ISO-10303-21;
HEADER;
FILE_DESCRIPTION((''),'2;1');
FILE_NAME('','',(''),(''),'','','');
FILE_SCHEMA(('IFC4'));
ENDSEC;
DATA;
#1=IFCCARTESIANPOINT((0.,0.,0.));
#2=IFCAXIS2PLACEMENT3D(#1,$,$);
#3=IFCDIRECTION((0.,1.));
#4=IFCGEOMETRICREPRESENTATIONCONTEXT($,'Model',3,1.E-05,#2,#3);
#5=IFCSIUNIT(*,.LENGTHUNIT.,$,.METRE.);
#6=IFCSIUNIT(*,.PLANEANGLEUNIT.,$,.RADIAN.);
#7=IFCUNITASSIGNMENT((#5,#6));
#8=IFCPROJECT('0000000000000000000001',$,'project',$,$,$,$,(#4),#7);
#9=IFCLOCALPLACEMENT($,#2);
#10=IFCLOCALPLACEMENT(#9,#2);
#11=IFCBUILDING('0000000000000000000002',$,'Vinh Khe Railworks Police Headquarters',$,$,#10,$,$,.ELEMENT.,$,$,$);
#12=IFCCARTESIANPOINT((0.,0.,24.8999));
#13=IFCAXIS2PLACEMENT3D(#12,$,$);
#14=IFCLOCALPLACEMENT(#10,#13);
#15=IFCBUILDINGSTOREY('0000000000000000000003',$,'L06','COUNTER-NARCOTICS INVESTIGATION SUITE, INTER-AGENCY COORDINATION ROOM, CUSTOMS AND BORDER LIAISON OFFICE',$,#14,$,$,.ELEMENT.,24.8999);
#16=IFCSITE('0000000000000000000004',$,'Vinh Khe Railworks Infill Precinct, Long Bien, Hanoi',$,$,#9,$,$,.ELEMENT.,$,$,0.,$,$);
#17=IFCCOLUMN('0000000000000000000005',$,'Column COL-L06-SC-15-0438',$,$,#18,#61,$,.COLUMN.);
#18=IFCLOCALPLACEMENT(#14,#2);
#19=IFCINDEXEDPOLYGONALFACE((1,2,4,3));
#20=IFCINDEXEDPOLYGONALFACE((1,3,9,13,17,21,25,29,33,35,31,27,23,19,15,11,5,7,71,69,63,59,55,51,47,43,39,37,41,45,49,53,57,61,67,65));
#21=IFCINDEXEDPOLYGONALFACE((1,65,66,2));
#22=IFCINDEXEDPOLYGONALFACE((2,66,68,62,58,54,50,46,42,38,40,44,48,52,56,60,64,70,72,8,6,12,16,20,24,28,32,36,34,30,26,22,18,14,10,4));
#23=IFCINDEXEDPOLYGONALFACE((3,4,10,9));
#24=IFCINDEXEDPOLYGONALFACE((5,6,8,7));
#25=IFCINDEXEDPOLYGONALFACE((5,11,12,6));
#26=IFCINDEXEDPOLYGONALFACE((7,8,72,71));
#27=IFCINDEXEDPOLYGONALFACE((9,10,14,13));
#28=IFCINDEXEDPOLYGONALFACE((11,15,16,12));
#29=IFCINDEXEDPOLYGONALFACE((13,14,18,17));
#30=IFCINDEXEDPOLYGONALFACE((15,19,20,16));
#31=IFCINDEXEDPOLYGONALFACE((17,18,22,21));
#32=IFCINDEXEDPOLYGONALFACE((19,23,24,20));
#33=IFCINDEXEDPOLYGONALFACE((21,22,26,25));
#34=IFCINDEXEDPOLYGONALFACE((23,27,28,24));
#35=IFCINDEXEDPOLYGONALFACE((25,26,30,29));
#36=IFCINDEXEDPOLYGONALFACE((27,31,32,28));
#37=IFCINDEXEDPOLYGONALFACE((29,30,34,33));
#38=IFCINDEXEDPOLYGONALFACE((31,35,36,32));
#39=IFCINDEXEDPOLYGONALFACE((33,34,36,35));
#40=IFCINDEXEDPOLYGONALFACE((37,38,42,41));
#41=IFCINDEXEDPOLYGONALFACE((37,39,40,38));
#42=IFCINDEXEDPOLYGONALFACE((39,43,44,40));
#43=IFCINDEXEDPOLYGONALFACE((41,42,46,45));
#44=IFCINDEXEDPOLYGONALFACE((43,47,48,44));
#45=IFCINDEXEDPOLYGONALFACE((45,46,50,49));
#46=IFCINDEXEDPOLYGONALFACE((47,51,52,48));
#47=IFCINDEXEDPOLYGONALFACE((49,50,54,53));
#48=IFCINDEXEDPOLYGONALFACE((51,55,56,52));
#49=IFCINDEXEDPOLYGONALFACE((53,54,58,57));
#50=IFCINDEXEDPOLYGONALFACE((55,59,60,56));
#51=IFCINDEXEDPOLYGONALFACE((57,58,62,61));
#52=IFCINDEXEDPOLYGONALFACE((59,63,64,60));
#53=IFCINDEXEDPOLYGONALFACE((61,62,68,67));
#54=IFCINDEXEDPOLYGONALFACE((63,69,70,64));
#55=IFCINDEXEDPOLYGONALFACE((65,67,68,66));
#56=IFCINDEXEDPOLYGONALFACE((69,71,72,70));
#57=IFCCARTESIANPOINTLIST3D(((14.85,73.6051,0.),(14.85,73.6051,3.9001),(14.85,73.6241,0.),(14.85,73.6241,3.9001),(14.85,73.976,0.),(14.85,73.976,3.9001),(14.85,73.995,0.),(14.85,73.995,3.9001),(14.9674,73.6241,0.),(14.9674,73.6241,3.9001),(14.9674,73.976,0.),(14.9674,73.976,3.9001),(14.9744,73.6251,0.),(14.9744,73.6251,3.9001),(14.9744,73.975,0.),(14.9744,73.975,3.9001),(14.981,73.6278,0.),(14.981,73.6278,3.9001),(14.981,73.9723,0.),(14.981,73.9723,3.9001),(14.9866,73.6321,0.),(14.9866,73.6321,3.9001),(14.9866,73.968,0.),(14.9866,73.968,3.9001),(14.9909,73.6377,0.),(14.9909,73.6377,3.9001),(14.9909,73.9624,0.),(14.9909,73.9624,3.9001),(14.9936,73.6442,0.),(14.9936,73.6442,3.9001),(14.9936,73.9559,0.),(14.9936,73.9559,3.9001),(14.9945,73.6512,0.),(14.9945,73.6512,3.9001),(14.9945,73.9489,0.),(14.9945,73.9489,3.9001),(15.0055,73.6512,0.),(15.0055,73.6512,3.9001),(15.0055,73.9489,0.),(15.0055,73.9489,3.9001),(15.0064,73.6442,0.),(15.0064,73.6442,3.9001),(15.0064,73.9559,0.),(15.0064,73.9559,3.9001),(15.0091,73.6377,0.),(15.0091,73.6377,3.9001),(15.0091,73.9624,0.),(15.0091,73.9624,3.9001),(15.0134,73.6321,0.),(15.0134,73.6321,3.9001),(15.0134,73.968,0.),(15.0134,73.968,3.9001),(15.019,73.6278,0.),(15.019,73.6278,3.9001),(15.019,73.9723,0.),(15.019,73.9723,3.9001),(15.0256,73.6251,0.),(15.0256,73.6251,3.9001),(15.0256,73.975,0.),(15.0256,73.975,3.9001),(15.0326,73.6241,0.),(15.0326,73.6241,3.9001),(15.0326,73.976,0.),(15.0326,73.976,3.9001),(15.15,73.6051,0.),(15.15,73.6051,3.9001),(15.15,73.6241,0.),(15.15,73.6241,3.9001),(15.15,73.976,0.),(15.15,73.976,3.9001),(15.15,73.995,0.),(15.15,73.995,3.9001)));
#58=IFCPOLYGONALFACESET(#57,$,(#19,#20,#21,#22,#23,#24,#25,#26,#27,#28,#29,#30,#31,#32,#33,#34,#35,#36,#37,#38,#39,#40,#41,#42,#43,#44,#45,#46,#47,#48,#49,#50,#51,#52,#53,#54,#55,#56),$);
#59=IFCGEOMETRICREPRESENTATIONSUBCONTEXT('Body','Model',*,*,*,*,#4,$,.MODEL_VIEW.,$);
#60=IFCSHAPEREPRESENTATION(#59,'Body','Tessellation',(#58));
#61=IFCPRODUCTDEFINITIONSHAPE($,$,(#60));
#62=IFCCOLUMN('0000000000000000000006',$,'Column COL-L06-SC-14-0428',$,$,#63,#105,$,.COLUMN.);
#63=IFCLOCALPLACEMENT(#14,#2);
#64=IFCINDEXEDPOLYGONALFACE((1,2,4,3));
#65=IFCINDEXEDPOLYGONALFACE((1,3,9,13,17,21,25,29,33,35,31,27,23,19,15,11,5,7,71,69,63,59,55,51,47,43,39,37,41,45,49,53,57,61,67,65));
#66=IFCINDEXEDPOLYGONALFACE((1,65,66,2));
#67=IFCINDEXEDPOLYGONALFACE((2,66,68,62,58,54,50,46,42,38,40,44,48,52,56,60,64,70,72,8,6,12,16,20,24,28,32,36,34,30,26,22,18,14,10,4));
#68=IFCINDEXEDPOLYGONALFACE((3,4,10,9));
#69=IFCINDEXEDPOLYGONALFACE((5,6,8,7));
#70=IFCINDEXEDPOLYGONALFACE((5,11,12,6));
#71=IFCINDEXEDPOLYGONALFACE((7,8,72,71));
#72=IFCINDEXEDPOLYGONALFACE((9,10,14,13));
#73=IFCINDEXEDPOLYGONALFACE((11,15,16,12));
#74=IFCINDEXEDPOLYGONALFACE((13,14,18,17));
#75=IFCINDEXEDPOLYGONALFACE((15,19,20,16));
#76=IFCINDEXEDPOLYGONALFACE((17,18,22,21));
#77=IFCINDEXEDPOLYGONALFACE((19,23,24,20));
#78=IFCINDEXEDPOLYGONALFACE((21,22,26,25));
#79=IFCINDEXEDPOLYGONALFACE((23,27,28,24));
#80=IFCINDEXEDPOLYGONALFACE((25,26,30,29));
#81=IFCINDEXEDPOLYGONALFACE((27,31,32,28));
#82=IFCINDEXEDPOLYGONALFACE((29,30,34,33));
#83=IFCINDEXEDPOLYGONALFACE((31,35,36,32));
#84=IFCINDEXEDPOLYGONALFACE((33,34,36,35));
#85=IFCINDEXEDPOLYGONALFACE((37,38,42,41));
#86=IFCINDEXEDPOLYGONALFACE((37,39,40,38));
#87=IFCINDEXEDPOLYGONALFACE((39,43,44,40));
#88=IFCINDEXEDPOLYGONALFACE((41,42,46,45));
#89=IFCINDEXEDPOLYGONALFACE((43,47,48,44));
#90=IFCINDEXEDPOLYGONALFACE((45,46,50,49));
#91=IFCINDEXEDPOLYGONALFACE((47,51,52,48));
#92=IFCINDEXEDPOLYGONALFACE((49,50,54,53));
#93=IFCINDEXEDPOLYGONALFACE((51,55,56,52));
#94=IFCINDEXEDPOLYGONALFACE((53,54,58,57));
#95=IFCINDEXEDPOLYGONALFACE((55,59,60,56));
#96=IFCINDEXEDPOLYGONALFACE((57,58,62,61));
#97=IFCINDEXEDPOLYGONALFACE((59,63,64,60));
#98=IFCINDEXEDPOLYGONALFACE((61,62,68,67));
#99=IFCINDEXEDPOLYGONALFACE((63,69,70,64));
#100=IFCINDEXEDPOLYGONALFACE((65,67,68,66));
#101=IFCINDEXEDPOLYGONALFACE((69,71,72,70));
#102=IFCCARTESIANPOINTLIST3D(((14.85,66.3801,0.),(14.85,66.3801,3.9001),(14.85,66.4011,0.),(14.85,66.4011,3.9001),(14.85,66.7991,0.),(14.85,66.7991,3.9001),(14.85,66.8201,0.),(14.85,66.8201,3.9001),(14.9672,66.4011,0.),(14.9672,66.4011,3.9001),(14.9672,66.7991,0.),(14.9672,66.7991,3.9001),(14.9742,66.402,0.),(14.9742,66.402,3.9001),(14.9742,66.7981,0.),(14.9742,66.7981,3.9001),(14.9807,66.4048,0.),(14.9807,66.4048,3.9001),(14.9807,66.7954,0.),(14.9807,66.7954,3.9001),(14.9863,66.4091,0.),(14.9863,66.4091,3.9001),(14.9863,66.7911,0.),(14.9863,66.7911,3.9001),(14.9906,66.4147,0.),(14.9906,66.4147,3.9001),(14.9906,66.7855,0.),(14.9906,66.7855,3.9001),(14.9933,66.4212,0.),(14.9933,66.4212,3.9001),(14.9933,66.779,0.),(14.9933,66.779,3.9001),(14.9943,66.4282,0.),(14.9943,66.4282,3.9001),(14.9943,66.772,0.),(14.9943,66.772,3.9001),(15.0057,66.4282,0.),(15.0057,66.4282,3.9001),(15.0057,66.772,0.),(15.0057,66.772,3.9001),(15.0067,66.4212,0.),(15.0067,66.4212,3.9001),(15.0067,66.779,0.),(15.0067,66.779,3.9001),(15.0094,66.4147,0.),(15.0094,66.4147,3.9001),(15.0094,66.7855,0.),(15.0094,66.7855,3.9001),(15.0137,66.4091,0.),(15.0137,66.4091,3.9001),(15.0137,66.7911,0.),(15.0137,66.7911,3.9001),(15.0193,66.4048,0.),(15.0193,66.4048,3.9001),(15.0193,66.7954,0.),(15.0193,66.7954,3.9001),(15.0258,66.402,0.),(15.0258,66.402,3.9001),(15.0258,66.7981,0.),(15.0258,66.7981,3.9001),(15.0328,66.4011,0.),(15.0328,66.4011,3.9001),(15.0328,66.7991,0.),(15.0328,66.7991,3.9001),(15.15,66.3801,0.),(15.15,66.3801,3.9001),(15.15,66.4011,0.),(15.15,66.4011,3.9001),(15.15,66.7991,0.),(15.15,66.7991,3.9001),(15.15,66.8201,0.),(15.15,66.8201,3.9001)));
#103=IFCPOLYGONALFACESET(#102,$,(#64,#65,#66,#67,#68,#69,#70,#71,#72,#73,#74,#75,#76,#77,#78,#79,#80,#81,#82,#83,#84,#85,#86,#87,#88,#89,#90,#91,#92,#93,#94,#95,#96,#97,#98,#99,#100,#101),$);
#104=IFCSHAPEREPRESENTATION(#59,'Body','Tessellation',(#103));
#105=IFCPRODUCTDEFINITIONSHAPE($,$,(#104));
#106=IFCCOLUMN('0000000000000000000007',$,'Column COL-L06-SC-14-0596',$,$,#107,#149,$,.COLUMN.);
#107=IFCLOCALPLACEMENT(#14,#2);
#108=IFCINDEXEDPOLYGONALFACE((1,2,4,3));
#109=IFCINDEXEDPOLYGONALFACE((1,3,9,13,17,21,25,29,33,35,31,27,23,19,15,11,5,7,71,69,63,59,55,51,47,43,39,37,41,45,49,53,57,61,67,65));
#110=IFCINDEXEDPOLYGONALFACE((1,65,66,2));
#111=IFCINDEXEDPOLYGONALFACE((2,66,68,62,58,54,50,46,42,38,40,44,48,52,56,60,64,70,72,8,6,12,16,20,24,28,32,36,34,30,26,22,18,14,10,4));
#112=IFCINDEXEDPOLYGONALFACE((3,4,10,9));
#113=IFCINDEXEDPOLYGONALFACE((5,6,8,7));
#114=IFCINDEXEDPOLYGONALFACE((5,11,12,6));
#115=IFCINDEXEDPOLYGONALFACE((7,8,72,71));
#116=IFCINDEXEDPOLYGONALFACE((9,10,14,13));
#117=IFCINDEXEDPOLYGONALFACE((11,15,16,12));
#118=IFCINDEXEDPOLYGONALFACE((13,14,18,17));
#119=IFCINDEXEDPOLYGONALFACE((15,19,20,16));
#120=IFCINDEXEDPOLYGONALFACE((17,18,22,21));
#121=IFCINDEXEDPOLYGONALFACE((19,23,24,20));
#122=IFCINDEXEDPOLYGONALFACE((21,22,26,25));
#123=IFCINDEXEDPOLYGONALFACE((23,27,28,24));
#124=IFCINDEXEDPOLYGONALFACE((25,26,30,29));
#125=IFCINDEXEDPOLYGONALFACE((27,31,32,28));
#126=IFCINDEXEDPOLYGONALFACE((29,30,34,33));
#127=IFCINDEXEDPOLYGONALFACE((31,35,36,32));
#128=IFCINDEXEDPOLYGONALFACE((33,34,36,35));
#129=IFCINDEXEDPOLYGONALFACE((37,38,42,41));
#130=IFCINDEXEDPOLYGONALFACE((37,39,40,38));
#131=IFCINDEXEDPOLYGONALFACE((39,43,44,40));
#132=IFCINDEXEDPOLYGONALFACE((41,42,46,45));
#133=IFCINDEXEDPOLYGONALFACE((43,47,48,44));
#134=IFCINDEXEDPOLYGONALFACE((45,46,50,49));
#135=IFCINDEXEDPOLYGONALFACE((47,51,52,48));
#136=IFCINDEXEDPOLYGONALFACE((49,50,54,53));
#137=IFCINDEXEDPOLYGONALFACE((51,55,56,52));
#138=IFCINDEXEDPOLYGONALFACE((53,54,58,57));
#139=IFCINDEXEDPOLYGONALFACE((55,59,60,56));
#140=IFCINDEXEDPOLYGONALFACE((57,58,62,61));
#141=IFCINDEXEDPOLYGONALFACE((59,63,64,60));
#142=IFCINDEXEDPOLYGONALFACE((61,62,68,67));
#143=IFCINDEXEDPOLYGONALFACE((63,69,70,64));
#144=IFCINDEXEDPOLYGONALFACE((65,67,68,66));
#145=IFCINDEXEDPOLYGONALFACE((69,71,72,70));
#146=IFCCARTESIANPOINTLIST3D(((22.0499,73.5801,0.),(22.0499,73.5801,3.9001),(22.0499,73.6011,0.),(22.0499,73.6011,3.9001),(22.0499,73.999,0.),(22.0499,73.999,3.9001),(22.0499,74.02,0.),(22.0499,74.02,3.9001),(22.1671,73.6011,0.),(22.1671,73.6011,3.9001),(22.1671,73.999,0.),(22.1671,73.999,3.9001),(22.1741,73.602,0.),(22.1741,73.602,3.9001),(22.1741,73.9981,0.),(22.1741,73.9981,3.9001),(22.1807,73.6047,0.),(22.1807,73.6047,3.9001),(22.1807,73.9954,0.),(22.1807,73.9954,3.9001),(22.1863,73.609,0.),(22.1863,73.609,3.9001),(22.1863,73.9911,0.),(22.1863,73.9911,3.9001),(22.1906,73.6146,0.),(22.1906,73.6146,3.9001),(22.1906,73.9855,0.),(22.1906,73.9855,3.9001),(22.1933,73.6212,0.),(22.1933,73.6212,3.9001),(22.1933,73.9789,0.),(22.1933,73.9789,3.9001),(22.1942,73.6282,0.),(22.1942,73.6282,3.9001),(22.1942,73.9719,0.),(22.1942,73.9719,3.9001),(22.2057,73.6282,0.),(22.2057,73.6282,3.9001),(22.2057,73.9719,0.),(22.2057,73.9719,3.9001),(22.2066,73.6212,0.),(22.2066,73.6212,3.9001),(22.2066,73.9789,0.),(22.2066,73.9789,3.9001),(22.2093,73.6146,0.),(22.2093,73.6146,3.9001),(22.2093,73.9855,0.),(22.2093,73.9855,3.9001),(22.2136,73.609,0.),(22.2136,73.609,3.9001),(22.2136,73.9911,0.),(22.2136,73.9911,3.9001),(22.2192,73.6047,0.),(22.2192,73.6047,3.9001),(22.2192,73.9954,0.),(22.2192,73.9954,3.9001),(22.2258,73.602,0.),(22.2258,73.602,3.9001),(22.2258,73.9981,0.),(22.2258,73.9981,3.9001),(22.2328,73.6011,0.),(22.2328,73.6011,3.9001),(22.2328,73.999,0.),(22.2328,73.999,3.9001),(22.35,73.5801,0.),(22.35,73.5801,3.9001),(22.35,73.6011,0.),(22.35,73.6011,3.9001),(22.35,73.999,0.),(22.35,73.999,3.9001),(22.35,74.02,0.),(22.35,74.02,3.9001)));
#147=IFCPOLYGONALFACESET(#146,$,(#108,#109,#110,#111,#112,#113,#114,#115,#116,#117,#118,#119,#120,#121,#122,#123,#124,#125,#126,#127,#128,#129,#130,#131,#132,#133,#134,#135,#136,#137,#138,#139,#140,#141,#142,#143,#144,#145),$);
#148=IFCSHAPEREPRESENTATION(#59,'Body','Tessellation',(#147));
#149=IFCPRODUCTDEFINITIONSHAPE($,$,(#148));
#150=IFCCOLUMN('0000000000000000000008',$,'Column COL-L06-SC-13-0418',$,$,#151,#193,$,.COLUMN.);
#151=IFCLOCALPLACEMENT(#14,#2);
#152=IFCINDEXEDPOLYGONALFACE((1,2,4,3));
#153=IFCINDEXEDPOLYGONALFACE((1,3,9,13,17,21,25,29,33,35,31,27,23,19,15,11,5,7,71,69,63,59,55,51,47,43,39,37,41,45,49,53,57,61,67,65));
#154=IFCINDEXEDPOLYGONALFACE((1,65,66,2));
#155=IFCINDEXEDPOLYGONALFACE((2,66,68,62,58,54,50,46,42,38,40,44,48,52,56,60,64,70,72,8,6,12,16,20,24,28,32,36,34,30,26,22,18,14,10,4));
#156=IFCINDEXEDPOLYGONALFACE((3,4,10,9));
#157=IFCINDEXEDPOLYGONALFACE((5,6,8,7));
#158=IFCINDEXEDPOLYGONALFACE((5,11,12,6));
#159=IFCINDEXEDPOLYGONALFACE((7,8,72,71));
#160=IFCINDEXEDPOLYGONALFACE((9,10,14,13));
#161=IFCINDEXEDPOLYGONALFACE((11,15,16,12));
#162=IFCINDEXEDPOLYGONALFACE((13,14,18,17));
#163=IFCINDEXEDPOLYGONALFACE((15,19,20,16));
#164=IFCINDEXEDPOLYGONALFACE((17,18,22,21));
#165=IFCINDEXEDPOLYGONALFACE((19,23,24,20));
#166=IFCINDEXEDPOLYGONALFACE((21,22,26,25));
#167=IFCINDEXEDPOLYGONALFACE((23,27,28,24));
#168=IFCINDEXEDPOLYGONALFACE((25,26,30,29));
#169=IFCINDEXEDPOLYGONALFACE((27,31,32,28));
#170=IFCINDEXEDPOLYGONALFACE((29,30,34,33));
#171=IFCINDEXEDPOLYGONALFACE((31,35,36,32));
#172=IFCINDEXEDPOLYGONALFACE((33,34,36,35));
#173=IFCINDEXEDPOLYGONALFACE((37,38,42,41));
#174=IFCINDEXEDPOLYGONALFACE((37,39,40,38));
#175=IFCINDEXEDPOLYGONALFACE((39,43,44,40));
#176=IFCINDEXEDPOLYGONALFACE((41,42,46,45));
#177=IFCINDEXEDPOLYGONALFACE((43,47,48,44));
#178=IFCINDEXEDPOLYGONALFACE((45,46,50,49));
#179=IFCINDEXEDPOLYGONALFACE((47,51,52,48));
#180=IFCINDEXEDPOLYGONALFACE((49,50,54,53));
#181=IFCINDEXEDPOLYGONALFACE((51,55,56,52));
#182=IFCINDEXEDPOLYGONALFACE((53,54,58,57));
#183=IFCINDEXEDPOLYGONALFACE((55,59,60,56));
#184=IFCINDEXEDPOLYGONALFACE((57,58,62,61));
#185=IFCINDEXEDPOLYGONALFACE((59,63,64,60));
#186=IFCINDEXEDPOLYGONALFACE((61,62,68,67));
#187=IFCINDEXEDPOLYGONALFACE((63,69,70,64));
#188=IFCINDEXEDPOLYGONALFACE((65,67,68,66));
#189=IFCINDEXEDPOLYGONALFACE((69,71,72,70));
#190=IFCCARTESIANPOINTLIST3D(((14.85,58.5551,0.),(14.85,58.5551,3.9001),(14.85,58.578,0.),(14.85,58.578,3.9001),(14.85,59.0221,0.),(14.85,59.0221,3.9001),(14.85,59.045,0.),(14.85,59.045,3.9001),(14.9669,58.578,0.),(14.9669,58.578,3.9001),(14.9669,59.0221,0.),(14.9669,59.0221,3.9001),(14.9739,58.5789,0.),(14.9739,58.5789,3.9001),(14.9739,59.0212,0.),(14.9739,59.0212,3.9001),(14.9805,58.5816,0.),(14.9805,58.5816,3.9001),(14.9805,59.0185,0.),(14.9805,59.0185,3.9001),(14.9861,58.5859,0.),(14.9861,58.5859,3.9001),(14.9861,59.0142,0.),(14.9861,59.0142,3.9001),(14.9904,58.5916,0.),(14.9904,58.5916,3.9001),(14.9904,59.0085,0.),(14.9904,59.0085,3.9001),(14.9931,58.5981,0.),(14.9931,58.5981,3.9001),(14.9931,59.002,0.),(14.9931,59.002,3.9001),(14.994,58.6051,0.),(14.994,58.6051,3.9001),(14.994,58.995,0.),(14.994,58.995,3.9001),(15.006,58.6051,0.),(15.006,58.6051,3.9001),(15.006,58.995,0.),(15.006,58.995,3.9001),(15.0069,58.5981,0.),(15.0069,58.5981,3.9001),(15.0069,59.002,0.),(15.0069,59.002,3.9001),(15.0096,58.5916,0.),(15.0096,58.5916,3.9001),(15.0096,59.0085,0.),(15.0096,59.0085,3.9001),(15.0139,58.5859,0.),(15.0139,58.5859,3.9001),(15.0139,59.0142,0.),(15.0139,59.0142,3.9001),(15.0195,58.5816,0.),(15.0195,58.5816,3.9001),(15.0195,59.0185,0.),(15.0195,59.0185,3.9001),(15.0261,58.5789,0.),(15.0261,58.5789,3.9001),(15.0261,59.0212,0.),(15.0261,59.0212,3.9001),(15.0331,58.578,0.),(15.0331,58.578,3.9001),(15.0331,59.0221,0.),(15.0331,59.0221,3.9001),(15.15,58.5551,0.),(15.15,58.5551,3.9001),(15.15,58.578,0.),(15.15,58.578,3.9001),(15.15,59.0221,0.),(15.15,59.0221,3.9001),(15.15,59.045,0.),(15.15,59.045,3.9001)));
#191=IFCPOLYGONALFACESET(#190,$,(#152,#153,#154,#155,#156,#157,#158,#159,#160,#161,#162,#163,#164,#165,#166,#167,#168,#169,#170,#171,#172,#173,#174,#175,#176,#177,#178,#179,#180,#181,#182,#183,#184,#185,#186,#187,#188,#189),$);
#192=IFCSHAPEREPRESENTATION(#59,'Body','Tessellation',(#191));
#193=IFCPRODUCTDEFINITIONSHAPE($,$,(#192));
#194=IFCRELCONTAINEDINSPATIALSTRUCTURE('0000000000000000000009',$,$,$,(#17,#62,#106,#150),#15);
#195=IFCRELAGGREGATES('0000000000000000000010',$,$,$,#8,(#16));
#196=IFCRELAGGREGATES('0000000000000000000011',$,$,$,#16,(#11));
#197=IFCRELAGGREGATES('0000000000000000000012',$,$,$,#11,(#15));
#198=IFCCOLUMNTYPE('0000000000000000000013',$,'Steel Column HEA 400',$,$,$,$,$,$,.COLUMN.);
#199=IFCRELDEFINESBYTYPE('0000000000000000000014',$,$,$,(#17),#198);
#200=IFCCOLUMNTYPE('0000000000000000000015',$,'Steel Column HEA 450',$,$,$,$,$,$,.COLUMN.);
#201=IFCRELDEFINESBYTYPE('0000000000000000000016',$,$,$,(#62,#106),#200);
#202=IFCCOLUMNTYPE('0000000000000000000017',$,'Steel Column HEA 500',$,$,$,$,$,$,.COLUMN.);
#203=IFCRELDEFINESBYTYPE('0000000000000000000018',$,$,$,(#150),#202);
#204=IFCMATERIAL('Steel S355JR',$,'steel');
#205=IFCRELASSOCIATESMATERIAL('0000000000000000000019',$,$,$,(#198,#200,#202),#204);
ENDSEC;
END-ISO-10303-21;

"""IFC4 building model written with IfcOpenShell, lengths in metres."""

from ifc_helpers import new_model, si_unit, direction, frame, origin, origin_2d, place, context, subcontext, project, spatial, i_section, extrude, material, material_profile, profile_set, type_object, element, save


model = new_model("IFC4")

# Units and contexts
model_context = context("Model", 3, precision=1e-05, world=origin(), true_north=direction((0.0, 1.0)))
body_context = subcontext(model_context, "Body", "Model", "MODEL_VIEW")
ifc_project = project(units=[si_unit("LENGTHUNIT", "METRE"), si_unit("PLANEANGLEUNIT", "RADIAN")], contexts=[model_context])

# Site, building, storey
site_placement = place(None, origin())
site = spatial("IfcSite", under=ifc_project, at=site_placement, Name="Vinh Khe Railworks Infill Precinct, Long Bien, Hanoi", CompositionType="ELEMENT", RefElevation=0.0)
building_placement = place(site_placement, origin())
building = spatial("IfcBuilding", under=site, at=building_placement, Name="Vinh Khe Railworks Police Headquarters", CompositionType="ELEMENT")
storey_placement = place(building_placement, frame((0.0, 0.0, 24.8999)))
storey = spatial("IfcBuildingStorey", under=building, at=storey_placement, Name="L06", Description="COUNTER-NARCOTICS INVESTIGATION SUITE, INTER-AGENCY COORDINATION ROOM, CUSTOMS AND BORDER LIAISON OFFICE", CompositionType="ELEMENT", Elevation=24.8999)

# Columns
ifc_material_1 = material(Name="Steel S355JR", Category="steel")
ifc_material_profile_1 = material_profile(ifc_material_1, i_section(OverallWidth=0.3, OverallDepth=0.3899, WebThickness=0.011, FlangeThickness=0.019, FilletRadius=0.0271, at=origin_2d()), Name="HEA 400")
ifc_profile_set_1 = profile_set([ifc_material_profile_1], Name="Steel S355JR")
column_type_1 = type_object("IfcColumnType", Name="Steel Column HEA 400", PredefinedType="COLUMN", material=ifc_profile_set_1)
column_1_placement = place(storey_placement, frame((15.0, 73.8, 0.0), z_axis=(0.0, 0.0, 1.0), x_axis=(1.0, 0.0, 0.0)))
element("IfcColumn", 1, at=column_1_placement, inside=storey, type_object=column_type_1, Name="Column COL-L06-SC-15-0438", PredefinedType="COLUMN", context=body_context, shape_type="SweptSolid", body=[
    extrude(i_section(OverallWidth=0.3, OverallDepth=0.3899, WebThickness=0.011, FlangeThickness=0.019, FilletRadius=0.0271, at=origin_2d()), origin(), (0.0, 0.0, 1.0), 3.9001),
])
ifc_material_profile_2 = material_profile(ifc_material_1, i_section(OverallWidth=0.3, OverallDepth=0.4399, WebThickness=0.0115, FlangeThickness=0.021, FilletRadius=0.0271, at=origin_2d()), Name="HEA 450")
ifc_profile_set_2 = profile_set([ifc_material_profile_2], Name="Steel S355JR")
column_type_2 = type_object("IfcColumnType", Name="Steel Column HEA 450", PredefinedType="COLUMN", material=ifc_profile_set_2)
for number, where, z_axis, x_axis, name in (
    (2, (15.0, 66.6001, 0.0), (0.0, 0.0, 1.0), (1.0, 0.0, 0.0), "Column COL-L06-SC-14-0428"),
    (3, (22.2, 73.8, 0.0), (0.0, 0.0, 1.0), (1.0, 0.0, 0.0), "Column COL-L06-SC-14-0596"),
):
    element("IfcColumn", number, at=place(storey_placement, frame(where, z_axis=z_axis, x_axis=x_axis)), inside=storey, type_object=column_type_2, Name=name, PredefinedType="COLUMN", context=body_context, shape_type="SweptSolid", body=[
        extrude(i_section(OverallWidth=0.3, OverallDepth=0.4399, WebThickness=0.0115, FlangeThickness=0.021, FilletRadius=0.0271, at=origin_2d()), origin(), (0.0, 0.0, 1.0), 3.9001),
    ])
ifc_material_profile_3 = material_profile(ifc_material_1, i_section(OverallWidth=0.3, OverallDepth=0.49, WebThickness=0.012, FlangeThickness=0.0229, FilletRadius=0.0271, at=origin_2d()), Name="HEA 500")
ifc_profile_set_3 = profile_set([ifc_material_profile_3], Name="Steel S355JR")
column_type_3 = type_object("IfcColumnType", Name="Steel Column HEA 500", PredefinedType="COLUMN", material=ifc_profile_set_3)
for number, where, z_axis, x_axis, name in (
    (4, (15.0, 58.8, 0.0), (0.0, 0.0, 1.0), (1.0, 0.0, 0.0), "Column COL-L06-SC-13-0418"),
):
    element("IfcColumn", number, at=place(storey_placement, frame(where, z_axis=z_axis, x_axis=x_axis)), inside=storey, type_object=column_type_3, Name=name, PredefinedType="COLUMN", context=body_context, shape_type="SweptSolid", body=[
        extrude(i_section(OverallWidth=0.3, OverallDepth=0.49, WebThickness=0.012, FlangeThickness=0.0229, FilletRadius=0.0271, at=origin_2d()), origin(), (0.0, 0.0, 1.0), 3.9001),
    ])

save(model, "model.ifc")
